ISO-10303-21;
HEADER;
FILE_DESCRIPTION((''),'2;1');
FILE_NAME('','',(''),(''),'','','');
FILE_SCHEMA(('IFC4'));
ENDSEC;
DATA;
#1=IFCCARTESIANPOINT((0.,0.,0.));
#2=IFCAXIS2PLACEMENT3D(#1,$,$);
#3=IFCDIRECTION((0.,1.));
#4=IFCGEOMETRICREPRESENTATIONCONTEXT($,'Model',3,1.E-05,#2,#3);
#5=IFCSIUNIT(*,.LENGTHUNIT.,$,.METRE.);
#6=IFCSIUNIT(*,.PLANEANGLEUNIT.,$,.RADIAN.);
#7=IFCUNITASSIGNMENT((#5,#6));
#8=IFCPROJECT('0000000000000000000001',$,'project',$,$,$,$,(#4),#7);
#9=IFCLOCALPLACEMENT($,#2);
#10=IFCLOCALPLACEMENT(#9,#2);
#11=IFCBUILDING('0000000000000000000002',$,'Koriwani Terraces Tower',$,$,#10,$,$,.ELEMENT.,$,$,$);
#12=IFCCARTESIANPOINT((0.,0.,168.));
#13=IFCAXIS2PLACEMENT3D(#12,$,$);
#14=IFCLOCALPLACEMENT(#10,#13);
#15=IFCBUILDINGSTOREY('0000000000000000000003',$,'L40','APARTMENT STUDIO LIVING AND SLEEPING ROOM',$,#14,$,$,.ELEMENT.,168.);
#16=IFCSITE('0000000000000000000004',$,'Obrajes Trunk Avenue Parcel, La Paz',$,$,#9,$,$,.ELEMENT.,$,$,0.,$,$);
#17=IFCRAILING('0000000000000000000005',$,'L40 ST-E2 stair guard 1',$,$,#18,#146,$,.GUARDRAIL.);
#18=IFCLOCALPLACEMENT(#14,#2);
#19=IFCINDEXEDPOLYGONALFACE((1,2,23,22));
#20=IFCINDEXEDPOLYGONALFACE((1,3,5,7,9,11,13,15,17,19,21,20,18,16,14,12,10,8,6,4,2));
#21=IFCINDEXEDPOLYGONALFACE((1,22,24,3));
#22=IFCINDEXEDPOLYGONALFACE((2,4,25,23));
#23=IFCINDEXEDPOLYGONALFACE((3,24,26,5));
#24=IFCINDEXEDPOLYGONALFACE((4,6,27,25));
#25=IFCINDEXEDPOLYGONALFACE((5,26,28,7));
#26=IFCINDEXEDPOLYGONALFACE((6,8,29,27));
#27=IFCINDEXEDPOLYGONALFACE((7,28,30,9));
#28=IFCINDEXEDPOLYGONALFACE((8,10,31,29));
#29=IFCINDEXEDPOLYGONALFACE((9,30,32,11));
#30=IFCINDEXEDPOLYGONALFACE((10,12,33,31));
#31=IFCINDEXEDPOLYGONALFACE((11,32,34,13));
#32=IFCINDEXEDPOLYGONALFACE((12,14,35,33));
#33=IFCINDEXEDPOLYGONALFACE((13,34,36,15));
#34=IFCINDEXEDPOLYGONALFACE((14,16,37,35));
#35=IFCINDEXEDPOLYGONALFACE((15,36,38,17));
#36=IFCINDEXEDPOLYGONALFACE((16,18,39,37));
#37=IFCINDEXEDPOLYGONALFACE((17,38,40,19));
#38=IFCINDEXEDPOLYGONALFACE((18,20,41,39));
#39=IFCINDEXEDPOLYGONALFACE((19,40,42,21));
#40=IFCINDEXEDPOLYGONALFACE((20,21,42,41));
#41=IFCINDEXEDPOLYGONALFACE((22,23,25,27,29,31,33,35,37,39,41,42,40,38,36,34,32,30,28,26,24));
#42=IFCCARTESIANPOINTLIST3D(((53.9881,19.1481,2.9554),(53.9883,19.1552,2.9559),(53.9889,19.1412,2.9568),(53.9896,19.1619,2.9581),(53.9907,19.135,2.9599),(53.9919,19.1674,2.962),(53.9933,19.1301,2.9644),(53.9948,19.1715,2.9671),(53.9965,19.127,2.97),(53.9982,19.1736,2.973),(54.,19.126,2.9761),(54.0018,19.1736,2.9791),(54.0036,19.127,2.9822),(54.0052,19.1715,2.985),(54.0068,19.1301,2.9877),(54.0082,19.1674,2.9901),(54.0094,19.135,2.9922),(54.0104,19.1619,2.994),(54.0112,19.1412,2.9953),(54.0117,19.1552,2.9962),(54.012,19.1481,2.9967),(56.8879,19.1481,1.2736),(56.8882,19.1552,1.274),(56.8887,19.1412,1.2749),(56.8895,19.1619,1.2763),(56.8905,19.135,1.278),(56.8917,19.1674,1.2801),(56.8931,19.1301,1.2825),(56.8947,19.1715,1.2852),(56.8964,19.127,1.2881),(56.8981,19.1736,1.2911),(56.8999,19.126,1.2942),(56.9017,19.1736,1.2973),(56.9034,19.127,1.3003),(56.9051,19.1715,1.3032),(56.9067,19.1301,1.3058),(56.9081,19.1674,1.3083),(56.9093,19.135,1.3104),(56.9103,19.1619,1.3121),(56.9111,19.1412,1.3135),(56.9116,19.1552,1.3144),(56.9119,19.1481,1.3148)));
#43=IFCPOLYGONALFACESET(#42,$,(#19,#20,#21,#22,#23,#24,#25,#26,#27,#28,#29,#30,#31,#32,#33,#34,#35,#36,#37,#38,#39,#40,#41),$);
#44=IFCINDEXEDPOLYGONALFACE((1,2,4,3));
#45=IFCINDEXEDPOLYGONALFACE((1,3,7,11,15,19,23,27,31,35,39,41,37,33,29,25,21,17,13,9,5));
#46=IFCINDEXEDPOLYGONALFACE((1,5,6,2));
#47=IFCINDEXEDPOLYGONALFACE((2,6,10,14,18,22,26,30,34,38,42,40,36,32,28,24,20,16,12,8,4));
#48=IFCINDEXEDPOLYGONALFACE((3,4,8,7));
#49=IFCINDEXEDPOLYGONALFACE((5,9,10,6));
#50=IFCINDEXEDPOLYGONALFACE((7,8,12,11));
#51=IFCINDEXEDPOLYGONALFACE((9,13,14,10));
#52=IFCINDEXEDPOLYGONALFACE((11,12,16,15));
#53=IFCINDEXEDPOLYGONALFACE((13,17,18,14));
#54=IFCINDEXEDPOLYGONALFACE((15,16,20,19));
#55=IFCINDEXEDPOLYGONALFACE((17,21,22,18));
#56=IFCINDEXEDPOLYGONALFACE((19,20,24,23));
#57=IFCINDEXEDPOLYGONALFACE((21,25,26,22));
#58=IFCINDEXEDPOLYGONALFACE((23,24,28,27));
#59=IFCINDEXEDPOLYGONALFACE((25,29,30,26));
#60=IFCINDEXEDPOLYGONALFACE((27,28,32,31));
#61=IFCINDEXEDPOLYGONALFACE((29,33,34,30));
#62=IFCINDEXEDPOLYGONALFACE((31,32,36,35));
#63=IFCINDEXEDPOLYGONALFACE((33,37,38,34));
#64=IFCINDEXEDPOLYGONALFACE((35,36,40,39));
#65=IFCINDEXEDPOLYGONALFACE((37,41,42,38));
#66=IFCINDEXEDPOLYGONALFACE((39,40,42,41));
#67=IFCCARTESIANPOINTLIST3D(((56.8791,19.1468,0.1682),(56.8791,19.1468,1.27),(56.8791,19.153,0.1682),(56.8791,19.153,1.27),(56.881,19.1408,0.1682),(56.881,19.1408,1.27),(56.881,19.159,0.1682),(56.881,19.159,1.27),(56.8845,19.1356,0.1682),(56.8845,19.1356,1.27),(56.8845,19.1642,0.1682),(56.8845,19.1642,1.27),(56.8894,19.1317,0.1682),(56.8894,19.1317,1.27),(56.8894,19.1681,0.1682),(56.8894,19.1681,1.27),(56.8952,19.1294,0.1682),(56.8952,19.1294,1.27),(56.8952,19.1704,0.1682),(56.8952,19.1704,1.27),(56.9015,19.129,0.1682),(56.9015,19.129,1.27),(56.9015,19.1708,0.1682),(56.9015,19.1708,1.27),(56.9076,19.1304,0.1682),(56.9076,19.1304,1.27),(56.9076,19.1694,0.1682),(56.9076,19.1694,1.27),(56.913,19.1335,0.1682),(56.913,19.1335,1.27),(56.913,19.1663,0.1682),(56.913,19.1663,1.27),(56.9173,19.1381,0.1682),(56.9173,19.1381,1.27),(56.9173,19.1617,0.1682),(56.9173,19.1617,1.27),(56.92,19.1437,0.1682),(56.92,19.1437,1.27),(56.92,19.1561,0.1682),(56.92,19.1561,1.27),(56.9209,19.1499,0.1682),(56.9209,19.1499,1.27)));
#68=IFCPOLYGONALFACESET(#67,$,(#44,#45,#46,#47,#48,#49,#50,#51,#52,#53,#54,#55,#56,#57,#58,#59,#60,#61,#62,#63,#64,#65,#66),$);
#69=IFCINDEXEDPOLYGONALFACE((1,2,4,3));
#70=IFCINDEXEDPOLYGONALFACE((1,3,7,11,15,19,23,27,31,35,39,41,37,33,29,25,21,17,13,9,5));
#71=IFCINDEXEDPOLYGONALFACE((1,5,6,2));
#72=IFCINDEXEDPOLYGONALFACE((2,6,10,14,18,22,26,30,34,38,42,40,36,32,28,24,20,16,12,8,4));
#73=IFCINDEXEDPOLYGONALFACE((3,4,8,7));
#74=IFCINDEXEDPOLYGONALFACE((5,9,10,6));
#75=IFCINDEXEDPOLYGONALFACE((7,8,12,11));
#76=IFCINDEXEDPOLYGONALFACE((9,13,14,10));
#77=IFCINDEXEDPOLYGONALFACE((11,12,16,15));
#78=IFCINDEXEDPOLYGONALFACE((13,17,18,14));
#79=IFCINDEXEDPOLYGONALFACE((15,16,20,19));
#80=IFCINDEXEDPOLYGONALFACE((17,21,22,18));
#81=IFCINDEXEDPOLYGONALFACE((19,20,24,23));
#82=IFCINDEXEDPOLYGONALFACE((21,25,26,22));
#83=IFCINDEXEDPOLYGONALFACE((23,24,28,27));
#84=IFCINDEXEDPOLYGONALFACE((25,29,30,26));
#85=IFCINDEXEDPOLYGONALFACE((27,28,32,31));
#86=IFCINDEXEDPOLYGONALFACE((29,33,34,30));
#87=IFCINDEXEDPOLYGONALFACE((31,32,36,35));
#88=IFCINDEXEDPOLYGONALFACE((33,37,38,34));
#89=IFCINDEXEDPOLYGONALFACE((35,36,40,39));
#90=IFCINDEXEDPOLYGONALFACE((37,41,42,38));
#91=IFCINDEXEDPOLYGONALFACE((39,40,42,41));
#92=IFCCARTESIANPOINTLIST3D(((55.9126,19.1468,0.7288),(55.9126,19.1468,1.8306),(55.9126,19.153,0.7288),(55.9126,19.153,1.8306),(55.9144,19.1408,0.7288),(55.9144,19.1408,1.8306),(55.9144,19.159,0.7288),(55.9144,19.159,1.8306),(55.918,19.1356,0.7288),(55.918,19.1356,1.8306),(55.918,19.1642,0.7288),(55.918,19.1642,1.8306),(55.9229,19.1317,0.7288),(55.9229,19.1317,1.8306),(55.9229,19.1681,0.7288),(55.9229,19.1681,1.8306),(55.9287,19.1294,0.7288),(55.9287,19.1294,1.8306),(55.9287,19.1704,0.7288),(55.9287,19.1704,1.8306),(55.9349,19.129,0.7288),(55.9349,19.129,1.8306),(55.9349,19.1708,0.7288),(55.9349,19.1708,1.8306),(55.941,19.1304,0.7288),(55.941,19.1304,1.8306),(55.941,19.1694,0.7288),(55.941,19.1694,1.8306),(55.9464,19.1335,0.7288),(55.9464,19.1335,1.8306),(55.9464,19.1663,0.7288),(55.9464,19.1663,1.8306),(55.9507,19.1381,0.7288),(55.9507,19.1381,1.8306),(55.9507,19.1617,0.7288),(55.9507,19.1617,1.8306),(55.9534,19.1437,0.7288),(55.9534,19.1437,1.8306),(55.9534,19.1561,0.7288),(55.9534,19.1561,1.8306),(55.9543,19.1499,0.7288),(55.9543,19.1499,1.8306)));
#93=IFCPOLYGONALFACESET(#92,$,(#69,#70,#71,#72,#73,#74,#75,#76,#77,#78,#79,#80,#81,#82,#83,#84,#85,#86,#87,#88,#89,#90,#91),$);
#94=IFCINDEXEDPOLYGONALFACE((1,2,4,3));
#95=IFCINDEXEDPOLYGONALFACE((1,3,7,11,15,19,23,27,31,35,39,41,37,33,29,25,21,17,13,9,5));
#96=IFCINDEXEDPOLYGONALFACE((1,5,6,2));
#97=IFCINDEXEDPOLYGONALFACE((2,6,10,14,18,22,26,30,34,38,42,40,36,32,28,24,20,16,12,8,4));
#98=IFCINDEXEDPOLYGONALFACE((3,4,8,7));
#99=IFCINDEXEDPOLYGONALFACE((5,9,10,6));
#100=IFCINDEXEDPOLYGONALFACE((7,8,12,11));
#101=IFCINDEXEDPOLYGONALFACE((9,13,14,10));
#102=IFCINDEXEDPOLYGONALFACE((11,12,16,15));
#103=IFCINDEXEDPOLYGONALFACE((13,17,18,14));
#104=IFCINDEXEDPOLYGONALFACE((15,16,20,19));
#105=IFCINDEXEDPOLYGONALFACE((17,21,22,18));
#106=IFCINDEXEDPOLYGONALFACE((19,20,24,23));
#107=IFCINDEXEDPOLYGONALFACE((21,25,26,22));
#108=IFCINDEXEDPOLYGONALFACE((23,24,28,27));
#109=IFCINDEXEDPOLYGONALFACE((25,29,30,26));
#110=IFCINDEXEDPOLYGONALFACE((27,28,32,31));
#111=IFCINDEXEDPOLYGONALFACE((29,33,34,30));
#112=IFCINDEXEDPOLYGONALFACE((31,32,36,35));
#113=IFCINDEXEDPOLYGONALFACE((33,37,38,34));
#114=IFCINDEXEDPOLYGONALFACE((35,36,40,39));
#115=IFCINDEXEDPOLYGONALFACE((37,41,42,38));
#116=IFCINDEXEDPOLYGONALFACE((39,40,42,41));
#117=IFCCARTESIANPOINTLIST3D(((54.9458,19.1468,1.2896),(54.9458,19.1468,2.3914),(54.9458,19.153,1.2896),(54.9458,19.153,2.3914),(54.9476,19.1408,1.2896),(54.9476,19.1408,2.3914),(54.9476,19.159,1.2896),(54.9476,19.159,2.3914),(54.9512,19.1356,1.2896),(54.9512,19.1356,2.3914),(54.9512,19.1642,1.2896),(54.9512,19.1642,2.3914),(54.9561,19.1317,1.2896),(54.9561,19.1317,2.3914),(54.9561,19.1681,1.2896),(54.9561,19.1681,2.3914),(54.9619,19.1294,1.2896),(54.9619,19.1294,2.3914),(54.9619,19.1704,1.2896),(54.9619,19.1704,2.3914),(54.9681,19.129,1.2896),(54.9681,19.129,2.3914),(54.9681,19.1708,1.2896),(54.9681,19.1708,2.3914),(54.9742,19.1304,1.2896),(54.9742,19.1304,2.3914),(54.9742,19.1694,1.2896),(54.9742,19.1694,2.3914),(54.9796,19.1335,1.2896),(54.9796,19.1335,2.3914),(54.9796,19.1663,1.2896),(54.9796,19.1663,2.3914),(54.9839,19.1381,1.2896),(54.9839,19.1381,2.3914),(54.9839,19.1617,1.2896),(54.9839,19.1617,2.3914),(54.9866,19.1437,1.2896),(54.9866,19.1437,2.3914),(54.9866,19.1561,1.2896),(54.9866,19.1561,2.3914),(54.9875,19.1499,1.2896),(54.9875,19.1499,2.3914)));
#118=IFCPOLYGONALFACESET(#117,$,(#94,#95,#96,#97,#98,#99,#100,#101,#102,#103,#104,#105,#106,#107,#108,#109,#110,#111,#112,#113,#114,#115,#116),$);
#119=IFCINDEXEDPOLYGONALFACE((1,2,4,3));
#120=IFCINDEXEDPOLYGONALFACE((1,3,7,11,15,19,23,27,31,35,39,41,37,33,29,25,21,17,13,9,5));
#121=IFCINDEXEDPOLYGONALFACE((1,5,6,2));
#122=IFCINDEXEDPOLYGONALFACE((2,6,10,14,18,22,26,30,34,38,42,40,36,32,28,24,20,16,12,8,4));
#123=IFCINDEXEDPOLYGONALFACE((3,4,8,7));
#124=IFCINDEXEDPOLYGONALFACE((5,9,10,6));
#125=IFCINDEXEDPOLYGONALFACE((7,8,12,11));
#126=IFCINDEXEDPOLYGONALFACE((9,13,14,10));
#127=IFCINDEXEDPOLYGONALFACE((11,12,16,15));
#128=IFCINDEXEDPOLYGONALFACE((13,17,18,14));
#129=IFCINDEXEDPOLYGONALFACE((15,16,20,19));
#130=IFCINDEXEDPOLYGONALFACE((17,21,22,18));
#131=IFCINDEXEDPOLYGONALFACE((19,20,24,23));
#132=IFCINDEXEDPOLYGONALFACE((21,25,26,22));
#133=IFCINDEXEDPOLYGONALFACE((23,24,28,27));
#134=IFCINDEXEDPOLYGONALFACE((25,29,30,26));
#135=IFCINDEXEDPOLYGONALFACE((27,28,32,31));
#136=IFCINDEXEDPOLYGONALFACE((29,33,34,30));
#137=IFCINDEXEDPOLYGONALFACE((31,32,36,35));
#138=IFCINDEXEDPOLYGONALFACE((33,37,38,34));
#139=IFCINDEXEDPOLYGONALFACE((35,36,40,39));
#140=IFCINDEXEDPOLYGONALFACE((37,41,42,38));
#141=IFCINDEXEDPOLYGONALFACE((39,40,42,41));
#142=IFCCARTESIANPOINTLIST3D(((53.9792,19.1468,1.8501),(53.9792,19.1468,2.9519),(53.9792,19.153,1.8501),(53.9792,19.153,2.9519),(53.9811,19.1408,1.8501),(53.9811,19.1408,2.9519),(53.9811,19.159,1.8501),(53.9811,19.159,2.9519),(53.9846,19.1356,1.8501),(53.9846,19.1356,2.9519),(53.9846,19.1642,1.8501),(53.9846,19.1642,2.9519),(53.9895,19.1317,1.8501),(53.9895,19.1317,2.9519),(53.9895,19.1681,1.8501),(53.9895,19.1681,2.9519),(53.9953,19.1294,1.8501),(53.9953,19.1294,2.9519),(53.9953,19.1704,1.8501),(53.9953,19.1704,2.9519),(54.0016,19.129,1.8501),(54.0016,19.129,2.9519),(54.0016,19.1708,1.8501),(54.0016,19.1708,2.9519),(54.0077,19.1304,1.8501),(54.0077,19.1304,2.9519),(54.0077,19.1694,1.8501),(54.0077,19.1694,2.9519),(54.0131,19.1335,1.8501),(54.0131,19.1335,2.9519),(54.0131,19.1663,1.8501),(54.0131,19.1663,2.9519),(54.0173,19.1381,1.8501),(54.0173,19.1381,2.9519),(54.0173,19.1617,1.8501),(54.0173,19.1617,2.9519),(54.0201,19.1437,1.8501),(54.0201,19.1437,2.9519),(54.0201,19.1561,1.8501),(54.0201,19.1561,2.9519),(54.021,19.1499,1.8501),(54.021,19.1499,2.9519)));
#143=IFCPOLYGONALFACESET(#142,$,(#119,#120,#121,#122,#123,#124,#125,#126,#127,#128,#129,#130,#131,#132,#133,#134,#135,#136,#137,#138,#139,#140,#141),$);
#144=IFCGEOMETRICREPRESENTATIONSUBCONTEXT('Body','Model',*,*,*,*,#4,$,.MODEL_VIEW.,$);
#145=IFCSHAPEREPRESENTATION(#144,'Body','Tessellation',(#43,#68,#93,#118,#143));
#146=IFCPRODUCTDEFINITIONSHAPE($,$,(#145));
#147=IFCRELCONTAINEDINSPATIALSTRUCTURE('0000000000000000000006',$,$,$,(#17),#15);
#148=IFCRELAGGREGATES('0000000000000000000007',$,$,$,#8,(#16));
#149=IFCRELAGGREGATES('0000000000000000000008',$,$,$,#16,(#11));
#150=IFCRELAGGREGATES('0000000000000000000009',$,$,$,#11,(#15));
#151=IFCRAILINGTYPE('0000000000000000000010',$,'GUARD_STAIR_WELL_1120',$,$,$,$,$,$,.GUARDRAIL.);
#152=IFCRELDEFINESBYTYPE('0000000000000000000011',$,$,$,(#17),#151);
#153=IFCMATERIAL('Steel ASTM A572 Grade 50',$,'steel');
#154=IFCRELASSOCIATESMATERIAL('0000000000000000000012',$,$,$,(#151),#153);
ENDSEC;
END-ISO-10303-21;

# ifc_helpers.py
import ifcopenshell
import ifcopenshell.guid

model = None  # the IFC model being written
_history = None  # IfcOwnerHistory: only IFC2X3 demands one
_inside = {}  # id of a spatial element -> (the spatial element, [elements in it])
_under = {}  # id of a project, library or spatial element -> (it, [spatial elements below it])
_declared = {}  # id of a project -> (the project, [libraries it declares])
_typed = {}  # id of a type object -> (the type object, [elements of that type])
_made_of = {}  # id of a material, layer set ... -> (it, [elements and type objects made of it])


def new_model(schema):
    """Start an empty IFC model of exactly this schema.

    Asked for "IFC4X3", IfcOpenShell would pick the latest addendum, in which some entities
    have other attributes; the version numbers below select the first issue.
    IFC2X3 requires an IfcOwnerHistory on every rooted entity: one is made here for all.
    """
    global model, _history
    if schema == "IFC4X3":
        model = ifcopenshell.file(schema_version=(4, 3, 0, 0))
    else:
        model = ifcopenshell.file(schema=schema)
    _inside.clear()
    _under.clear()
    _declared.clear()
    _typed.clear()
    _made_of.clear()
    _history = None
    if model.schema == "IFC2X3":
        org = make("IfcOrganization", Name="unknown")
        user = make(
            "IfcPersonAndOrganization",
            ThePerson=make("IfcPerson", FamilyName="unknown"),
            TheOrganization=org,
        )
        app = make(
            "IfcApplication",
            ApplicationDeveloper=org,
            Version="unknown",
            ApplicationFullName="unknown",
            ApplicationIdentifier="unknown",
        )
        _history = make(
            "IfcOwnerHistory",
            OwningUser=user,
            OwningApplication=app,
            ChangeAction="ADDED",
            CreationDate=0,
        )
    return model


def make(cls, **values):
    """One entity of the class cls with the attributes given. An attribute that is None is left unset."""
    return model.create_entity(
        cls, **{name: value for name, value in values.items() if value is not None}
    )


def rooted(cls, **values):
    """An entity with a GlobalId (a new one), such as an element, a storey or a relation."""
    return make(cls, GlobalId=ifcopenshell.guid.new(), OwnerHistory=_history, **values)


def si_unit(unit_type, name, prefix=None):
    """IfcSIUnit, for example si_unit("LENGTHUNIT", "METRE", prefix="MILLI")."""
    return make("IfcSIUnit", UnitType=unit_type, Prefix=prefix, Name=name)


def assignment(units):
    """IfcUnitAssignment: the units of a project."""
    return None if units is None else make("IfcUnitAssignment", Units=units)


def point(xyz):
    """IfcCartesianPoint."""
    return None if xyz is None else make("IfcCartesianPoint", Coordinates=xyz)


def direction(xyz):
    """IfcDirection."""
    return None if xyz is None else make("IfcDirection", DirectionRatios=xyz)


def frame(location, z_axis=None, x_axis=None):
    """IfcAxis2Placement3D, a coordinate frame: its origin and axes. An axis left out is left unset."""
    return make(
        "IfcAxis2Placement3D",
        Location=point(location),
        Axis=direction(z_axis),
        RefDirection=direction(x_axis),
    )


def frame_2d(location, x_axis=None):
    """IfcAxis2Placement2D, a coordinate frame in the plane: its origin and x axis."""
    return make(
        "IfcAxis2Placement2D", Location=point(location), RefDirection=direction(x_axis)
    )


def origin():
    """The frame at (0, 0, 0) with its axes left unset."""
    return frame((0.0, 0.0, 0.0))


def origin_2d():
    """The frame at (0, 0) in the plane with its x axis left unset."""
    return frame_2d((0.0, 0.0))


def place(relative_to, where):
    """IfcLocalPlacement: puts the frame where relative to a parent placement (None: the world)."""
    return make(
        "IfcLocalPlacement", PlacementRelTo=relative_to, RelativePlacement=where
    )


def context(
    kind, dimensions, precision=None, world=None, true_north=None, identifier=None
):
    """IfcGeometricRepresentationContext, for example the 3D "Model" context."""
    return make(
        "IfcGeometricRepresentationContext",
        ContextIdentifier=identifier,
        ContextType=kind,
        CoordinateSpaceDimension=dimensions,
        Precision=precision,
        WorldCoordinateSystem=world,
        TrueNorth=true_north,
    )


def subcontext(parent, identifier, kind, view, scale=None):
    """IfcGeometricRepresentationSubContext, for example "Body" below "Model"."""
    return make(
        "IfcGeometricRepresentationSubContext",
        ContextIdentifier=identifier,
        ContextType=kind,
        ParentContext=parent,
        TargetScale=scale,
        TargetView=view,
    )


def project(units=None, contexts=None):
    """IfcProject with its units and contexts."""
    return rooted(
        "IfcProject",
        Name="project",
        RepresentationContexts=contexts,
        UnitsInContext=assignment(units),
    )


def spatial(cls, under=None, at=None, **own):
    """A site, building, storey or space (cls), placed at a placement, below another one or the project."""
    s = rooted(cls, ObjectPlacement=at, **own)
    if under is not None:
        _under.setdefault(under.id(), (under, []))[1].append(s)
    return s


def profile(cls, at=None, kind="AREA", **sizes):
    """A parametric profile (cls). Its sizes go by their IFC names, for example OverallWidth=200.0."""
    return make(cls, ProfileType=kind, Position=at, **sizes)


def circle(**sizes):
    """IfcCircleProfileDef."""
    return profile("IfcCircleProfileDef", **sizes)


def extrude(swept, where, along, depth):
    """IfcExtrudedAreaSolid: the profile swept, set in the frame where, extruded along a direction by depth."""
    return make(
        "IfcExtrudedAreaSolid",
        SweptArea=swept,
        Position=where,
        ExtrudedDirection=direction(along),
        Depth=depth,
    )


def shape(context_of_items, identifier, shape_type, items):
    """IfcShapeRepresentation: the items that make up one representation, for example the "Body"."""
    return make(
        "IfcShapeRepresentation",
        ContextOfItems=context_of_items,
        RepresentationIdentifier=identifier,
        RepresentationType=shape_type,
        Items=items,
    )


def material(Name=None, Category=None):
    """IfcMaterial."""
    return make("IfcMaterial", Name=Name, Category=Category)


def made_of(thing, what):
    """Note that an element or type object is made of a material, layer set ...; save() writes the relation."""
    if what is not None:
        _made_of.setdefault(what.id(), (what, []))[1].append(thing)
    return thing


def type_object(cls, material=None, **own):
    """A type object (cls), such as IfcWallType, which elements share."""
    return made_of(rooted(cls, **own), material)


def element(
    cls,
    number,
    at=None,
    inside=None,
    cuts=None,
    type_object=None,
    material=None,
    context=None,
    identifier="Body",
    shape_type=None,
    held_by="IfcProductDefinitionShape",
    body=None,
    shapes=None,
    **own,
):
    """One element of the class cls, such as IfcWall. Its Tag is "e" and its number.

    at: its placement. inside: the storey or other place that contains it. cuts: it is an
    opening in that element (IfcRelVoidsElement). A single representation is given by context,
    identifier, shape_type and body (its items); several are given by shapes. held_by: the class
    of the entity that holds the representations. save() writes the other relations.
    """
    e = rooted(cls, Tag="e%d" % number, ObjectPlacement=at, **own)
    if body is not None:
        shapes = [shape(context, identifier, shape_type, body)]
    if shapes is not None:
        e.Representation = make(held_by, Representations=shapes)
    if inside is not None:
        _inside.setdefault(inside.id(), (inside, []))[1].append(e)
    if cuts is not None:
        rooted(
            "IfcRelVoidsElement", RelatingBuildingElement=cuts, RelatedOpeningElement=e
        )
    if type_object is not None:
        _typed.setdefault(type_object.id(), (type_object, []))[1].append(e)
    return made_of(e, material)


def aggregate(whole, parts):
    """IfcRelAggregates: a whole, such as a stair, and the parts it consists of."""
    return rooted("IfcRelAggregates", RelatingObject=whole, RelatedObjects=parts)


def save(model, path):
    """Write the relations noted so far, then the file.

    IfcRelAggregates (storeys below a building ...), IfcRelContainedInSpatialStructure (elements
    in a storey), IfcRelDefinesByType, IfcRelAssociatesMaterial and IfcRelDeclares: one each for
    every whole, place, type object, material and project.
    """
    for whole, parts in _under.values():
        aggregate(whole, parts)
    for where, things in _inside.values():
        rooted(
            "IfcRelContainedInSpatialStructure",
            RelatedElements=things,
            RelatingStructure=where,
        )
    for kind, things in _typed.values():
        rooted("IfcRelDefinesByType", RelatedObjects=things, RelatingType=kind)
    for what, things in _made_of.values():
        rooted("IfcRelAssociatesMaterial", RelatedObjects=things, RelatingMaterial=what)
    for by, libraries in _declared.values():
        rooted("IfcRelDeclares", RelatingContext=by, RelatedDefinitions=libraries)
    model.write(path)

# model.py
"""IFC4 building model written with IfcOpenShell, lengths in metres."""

from ifc_helpers import new_model, si_unit, direction, frame, origin, origin_2d, place, context, subcontext, project, spatial, circle, extrude, material, type_object, element, save


model = new_model("IFC4")

# Units and contexts
model_context = context("Model", 3, precision=1e-05, world=origin(), true_north=direction((0.0, 1.0)))
body_context = subcontext(model_context, "Body", "Model", "MODEL_VIEW")
ifc_project = project(units=[si_unit("LENGTHUNIT", "METRE"), si_unit("PLANEANGLEUNIT", "RADIAN")], contexts=[model_context])

# Site, building, storey
site_placement = place(None, origin())
site = spatial("IfcSite", under=ifc_project, at=site_placement, Name="Obrajes Trunk Avenue Parcel, La Paz", CompositionType="ELEMENT", RefElevation=0.0)
building_placement = place(site_placement, origin())
building = spatial("IfcBuilding", under=site, at=building_placement, Name="Koriwani Terraces Tower", CompositionType="ELEMENT")
storey_placement = place(building_placement, frame((0.0, 0.0, 168.0)))
storey = spatial("IfcBuildingStorey", under=building, at=storey_placement, Name="L40", Description="APARTMENT STUDIO LIVING AND SLEEPING ROOM", CompositionType="ELEMENT", Elevation=168.0)

# Railing
ifc_material_1 = material(Name="Steel ASTM A572 Grade 50", Category="steel")
railing_type_1 = type_object("IfcRailingType", Name="GUARD_STAIR_WELL_1120", PredefinedType="GUARDRAIL", material=ifc_material_1)
railing_1_placement = place(storey_placement, frame((56.8999, 19.1499, 0.1682)))
element("IfcRailing", 1, at=railing_1_placement, inside=storey, type_object=railing_type_1, Name="L40 ST-E2 stair guard 1", PredefinedType="GUARDRAIL", context=body_context, shape_type="SweptSolid", body=[
    extrude(circle(Radius=0.0239, at=origin_2d()), frame((0.0, 0.0, 1.126), z_axis=(-0.865039, 0.0, 0.501705), x_axis=(0.0, -1.0, 0.0)), (0.0, 0.0, 1.0), 3.3523),
    extrude(circle(Radius=0.021, at=origin_2d()), origin(), (0.0, 0.0, 1.0), 1.1018),
    extrude(circle(Radius=0.021, at=origin_2d()), frame((-0.9666, 0.0, 0.5605)), (0.0, 0.0, 1.0), 1.1018),
    extrude(circle(Radius=0.021, at=origin_2d()), frame((-1.9333, 0.0, 1.1213)), (0.0, 0.0, 1.0), 1.1018),
    extrude(circle(Radius=0.021, at=origin_2d()), frame((-2.8999, 0.0, 1.6819)), (0.0, 0.0, 1.0), 1.1018),
])

save(model, "model.ifc")
